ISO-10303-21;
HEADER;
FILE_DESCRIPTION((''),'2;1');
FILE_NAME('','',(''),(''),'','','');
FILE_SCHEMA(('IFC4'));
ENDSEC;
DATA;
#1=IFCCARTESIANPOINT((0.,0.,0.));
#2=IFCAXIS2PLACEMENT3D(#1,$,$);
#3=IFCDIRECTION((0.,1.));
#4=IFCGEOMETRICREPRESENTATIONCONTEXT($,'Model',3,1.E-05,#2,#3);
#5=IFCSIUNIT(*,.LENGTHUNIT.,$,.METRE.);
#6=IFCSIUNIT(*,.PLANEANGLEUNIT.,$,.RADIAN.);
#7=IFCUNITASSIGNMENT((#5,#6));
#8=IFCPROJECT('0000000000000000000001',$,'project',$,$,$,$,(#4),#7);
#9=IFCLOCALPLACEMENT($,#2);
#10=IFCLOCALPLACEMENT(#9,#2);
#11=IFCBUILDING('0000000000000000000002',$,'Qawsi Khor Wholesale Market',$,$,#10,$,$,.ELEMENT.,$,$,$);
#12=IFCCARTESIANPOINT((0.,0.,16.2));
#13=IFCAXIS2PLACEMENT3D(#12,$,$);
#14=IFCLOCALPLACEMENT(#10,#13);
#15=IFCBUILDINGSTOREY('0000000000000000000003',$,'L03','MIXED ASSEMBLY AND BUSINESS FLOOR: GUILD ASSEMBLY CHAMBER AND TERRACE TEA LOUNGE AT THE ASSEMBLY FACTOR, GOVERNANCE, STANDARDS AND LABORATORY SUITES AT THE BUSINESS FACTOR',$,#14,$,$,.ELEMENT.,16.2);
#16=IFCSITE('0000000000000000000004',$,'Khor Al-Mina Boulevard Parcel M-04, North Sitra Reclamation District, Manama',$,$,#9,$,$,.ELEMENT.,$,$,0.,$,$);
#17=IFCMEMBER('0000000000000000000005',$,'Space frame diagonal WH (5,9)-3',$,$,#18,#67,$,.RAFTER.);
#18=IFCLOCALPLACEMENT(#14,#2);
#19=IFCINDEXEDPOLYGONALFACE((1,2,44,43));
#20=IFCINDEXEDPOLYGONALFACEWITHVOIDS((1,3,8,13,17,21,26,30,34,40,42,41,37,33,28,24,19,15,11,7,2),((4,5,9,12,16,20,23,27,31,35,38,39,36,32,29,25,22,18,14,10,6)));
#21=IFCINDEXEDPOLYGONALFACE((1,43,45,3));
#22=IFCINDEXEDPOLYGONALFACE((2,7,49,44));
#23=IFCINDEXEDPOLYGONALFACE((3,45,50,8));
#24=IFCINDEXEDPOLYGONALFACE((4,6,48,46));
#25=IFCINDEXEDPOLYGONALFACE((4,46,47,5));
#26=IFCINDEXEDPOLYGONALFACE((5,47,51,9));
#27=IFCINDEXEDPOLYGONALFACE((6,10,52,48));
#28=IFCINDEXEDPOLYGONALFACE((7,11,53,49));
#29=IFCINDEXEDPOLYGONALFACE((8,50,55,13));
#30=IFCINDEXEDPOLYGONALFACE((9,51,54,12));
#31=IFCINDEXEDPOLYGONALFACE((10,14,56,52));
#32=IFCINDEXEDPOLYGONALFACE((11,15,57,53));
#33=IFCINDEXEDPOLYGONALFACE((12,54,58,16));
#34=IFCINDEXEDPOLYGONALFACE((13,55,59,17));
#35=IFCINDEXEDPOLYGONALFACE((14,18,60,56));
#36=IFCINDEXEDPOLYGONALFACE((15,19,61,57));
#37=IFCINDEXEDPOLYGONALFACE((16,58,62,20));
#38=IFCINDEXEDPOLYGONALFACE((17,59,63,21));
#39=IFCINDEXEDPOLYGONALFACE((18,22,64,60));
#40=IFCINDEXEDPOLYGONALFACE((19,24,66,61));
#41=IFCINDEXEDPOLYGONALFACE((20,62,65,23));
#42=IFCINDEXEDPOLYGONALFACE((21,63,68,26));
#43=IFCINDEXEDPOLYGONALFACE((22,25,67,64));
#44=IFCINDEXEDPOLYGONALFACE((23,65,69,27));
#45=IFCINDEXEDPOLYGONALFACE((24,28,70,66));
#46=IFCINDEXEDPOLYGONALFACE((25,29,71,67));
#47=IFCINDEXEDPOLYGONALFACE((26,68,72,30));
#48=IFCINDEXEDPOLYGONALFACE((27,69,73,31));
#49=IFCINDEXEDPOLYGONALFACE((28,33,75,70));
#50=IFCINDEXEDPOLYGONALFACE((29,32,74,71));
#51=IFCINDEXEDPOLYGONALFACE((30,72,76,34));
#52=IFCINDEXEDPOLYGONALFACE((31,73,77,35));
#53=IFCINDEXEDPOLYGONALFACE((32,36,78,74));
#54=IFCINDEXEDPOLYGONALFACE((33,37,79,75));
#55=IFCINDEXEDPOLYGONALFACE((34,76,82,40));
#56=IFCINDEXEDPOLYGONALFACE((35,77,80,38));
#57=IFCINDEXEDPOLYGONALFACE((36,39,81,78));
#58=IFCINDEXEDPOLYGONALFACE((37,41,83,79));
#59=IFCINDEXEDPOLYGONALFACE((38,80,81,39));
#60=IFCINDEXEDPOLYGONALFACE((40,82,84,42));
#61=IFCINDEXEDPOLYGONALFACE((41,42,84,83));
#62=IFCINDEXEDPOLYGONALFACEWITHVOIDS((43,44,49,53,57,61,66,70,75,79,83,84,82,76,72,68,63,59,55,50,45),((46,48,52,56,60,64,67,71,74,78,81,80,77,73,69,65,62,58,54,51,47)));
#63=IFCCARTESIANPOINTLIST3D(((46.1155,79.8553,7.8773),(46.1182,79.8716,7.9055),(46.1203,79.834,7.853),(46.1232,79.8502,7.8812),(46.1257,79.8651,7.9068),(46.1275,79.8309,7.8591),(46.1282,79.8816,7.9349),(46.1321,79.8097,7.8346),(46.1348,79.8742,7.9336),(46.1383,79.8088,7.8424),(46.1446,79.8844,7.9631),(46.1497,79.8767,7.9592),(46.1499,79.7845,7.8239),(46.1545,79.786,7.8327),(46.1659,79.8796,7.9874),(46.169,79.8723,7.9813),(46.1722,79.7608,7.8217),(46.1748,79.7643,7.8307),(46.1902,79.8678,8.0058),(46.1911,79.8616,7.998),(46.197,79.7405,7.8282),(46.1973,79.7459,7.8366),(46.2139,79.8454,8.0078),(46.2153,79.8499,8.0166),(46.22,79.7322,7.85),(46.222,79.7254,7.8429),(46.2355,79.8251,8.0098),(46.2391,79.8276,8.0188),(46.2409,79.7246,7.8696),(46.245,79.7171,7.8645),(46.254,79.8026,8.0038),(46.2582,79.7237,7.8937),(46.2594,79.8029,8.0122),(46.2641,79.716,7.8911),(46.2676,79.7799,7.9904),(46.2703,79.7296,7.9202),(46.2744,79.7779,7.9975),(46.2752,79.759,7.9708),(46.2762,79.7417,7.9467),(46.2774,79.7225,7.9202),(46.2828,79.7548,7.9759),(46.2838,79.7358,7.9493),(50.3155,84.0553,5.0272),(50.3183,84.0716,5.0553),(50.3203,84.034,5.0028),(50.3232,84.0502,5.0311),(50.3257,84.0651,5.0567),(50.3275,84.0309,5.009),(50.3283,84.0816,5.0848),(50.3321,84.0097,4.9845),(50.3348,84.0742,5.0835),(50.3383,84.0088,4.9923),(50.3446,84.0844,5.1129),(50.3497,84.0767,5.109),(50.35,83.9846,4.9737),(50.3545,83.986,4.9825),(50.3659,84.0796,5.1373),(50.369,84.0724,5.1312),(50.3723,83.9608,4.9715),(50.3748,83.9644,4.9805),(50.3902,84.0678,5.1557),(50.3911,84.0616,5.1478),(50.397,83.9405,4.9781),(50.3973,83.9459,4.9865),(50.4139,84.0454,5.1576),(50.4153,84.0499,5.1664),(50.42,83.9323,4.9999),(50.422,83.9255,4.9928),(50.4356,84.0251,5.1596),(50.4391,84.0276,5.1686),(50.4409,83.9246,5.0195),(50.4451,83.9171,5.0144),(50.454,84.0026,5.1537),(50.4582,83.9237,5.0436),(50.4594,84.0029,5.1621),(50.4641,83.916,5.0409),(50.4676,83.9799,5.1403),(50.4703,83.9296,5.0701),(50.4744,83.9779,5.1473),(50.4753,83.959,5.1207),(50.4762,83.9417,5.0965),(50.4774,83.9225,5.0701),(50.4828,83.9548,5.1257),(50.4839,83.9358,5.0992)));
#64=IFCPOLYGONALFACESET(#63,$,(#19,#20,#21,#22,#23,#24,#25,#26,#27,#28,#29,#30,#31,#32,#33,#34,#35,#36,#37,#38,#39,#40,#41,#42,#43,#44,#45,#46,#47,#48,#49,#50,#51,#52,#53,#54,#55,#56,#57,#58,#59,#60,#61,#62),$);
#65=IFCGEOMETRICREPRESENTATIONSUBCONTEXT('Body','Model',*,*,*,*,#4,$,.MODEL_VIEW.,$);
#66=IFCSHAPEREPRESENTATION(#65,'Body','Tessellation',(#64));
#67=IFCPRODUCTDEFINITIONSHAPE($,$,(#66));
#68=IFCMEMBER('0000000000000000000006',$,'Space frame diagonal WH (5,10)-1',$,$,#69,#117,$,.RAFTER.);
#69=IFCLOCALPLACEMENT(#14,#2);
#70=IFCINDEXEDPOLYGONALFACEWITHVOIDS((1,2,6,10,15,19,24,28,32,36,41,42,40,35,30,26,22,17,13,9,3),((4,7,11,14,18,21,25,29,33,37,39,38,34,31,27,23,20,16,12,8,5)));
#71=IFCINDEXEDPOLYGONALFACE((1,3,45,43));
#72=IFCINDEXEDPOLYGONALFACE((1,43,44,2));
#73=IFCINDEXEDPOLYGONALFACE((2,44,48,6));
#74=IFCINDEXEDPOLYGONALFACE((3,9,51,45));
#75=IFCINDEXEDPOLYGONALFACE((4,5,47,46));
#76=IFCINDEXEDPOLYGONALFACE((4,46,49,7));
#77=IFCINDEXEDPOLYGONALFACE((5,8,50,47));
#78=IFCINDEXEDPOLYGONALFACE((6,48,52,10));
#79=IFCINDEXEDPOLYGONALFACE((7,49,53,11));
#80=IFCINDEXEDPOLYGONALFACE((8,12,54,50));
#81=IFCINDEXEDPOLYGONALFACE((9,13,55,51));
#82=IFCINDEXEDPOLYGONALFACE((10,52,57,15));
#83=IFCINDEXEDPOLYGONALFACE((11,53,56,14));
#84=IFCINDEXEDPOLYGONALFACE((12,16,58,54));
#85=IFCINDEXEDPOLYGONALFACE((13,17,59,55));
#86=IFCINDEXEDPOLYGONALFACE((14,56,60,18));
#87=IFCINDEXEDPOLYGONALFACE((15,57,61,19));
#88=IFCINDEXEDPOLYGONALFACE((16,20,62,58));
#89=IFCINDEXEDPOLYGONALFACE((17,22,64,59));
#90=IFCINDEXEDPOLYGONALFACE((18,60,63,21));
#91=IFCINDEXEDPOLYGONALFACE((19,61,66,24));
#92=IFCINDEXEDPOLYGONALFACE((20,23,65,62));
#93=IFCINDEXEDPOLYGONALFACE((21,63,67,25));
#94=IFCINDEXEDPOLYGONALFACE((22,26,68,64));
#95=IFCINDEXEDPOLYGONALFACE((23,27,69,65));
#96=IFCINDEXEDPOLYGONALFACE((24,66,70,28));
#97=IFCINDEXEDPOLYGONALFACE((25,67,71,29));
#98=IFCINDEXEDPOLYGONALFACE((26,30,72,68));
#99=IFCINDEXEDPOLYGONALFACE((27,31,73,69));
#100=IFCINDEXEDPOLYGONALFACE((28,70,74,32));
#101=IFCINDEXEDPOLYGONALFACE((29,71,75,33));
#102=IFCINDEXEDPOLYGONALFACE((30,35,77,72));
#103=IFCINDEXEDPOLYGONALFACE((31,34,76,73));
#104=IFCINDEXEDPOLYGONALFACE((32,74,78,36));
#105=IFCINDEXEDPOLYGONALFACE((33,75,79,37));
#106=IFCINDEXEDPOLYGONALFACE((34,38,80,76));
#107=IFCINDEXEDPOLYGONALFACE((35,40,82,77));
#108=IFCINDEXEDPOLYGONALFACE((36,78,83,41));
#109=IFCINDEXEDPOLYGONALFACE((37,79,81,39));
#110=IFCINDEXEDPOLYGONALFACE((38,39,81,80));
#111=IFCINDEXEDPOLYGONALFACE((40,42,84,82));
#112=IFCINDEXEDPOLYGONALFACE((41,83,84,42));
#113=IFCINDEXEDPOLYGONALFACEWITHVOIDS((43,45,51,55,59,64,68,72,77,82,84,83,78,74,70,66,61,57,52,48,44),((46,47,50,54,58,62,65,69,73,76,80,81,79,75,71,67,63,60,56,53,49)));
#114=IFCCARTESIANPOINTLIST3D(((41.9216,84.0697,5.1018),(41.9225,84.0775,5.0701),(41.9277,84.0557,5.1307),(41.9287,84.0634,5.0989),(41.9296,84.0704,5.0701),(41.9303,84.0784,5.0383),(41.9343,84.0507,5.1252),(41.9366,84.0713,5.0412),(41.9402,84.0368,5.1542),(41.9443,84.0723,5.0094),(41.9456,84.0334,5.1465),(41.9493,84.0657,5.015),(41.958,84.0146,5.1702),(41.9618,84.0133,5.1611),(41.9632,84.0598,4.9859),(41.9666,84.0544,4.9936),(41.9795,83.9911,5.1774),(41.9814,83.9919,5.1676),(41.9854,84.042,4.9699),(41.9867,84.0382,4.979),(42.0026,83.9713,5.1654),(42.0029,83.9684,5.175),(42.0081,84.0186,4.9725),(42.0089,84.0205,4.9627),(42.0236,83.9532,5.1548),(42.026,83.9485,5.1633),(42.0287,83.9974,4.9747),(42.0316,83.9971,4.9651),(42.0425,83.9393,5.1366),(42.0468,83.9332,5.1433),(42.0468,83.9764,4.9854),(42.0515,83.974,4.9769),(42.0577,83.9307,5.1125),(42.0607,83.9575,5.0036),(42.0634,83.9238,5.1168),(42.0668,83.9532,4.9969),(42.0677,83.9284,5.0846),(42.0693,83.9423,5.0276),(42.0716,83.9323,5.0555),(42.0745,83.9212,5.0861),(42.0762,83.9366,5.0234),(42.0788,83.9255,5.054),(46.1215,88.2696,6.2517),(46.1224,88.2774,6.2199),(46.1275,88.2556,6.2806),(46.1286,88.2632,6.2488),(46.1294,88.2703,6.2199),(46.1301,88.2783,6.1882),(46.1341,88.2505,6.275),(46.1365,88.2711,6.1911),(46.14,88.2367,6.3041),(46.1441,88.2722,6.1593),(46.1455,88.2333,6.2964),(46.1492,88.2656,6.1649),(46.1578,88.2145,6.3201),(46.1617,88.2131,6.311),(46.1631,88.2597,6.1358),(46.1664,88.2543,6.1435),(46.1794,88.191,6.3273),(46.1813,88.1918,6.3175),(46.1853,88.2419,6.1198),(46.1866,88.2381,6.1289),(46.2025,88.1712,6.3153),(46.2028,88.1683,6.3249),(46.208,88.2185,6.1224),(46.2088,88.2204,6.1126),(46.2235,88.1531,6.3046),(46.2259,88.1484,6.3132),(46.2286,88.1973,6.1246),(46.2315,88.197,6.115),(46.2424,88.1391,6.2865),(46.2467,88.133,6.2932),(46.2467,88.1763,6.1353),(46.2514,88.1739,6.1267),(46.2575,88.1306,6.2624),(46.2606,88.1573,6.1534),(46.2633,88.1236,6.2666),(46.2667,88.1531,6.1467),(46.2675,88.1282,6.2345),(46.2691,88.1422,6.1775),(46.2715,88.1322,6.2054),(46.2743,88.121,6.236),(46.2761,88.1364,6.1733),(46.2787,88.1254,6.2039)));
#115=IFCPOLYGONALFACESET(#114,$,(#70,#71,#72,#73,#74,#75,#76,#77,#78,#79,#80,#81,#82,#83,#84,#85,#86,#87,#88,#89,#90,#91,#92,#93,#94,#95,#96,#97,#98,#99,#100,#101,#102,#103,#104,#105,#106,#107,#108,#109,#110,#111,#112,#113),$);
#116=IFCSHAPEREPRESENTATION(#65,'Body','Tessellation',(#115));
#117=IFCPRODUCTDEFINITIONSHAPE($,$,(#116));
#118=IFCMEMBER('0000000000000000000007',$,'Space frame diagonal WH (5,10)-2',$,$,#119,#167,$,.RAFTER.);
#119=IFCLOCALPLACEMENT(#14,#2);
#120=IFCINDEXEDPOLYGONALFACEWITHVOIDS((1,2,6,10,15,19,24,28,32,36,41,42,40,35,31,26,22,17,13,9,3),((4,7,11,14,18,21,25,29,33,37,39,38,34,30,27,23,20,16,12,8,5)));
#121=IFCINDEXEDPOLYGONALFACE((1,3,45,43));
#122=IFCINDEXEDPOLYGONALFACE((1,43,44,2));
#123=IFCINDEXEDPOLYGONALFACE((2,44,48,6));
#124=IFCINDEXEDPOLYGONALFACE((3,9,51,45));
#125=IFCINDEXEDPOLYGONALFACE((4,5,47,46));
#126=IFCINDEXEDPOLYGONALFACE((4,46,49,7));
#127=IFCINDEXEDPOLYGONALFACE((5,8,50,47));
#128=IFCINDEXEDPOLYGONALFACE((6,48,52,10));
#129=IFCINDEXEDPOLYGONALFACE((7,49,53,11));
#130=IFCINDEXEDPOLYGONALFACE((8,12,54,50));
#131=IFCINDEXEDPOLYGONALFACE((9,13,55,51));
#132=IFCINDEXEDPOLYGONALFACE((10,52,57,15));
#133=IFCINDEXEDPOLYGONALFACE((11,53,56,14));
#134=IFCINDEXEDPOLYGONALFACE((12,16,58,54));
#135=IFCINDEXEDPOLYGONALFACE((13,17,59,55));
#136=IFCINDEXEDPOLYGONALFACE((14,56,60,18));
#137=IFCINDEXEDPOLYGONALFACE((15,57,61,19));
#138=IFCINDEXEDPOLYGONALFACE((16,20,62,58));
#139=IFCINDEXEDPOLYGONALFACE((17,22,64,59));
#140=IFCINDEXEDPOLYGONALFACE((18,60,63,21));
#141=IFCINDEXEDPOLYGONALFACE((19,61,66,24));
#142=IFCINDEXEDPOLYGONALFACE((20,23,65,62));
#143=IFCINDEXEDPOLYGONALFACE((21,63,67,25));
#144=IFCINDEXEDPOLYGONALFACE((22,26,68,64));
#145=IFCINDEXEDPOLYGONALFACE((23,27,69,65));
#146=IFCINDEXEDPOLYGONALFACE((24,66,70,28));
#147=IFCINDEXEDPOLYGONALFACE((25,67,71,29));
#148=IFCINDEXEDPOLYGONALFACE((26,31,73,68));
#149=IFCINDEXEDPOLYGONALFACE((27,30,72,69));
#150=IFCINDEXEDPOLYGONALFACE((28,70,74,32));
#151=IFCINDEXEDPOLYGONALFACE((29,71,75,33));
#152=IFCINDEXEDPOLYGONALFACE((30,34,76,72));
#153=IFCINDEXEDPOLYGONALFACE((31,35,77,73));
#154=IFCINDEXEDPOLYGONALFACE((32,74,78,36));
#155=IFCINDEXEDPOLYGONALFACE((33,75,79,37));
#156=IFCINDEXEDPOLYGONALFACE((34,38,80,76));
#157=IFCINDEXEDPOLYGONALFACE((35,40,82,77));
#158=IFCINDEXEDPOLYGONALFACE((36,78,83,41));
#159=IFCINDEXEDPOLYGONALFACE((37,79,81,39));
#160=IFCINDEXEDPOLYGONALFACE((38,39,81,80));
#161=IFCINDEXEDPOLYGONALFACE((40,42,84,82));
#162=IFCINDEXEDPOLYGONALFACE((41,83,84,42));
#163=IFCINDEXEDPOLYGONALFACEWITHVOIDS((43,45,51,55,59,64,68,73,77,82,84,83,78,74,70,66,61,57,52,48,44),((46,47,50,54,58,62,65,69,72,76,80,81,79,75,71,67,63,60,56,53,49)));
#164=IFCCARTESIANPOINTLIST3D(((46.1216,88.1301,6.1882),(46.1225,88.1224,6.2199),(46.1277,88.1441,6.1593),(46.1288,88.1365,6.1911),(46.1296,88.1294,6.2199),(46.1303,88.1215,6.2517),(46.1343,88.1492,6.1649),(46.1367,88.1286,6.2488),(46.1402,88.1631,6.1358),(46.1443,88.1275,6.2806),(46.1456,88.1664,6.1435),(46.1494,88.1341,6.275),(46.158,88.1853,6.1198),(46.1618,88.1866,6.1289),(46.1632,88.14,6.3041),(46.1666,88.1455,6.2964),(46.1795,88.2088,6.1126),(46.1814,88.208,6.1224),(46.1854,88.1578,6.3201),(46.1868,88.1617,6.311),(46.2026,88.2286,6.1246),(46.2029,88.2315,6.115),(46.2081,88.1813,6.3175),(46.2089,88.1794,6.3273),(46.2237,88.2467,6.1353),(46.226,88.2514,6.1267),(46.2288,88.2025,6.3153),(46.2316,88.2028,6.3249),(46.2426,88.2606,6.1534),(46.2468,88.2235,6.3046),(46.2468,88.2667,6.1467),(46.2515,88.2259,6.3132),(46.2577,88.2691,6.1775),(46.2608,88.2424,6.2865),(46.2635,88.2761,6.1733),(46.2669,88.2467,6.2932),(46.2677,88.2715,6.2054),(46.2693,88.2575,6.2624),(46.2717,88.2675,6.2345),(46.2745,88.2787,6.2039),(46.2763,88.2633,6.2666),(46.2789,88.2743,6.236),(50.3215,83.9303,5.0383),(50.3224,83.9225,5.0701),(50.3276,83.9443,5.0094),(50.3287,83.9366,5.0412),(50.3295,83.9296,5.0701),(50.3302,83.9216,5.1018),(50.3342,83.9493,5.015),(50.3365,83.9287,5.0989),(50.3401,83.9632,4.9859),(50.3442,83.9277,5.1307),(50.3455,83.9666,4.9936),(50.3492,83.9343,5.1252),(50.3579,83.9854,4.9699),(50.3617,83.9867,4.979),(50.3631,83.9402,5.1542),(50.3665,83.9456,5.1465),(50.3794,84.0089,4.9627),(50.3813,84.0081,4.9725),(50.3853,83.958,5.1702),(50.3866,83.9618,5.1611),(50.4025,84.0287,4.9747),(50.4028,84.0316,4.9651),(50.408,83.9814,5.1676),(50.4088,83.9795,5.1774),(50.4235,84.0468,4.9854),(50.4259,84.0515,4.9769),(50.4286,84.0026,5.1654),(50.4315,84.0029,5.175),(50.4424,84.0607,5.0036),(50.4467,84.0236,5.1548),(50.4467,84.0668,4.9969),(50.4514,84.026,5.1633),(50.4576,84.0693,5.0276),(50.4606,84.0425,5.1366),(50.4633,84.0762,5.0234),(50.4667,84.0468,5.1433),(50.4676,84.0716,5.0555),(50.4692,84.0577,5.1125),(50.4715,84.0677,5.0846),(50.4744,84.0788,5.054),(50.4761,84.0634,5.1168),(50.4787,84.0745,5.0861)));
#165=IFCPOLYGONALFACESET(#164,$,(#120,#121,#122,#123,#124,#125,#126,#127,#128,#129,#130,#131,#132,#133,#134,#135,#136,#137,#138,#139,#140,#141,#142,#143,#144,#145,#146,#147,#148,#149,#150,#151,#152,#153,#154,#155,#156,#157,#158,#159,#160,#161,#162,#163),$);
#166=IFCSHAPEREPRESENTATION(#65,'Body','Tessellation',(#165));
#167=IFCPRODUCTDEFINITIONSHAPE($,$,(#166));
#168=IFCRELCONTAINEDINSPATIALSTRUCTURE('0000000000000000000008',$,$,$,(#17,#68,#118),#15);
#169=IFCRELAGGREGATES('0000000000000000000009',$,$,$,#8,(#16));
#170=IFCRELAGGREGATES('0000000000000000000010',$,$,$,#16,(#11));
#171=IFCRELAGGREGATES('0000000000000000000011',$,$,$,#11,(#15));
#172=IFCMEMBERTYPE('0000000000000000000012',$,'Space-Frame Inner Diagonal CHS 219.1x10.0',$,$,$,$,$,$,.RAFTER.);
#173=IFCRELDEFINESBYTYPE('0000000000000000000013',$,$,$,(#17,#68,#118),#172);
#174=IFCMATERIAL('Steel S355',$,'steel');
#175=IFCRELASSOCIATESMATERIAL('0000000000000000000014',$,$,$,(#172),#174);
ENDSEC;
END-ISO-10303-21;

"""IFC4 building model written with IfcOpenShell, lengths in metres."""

from ifc_helpers import new_model, si_unit, direction, frame, origin, origin_2d, place, context, subcontext, project, spatial, hollow_circle, extrude, material, material_profile, profile_set, type_object, element, save


model = new_model("IFC4")

# Units and contexts
model_context = context("Model", 3, precision=1e-05, world=origin(), true_north=direction((0.0, 1.0)))
body_context = subcontext(model_context, "Body", "Model", "MODEL_VIEW")
ifc_project = project(units=[si_unit("LENGTHUNIT", "METRE"), si_unit("PLANEANGLEUNIT", "RADIAN")], contexts=[model_context])

# Site, building, storey
site_placement = place(None, origin())
site = spatial("IfcSite", under=ifc_project, at=site_placement, Name="Khor Al-Mina Boulevard Parcel M-04, North Sitra Reclamation District, Manama", CompositionType="ELEMENT", RefElevation=0.0)
building_placement = place(site_placement, origin())
building = spatial("IfcBuilding", under=site, at=building_placement, Name="Qawsi Khor Wholesale Market", CompositionType="ELEMENT")
storey_placement = place(building_placement, frame((0.0, 0.0, 16.2)))
storey = spatial("IfcBuildingStorey", under=building, at=storey_placement, Name="L03", Description="MIXED ASSEMBLY AND BUSINESS FLOOR: GUILD ASSEMBLY CHAMBER AND TERRACE TEA LOUNGE AT THE ASSEMBLY FACTOR, GOVERNANCE, STANDARDS AND LABORATORY SUITES AT THE BUSINESS FACTOR", CompositionType="ELEMENT", Elevation=16.2)

# Members
ifc_material_1 = material(Name="Steel S355", Category="steel")
ifc_material_profile_1 = material_profile(ifc_material_1, hollow_circle(Radius=0.1096, WallThickness=0.01, at=origin_2d()), Name="CHS 219.1x10.0")
ifc_profile_set_1 = profile_set([ifc_material_profile_1], Name="Steel S355")
member_type_1 = type_object("IfcMemberType", Name="Space-Frame Inner Diagonal CHS 219.1x10.0", PredefinedType="RAFTER", material=ifc_profile_set_1)
member_1_placement = place(storey_placement, frame((50.3999, 84.0, 5.0701), z_axis=(-0.637512, -0.637512, 0.432617), x_axis=(0.707107, -0.707107, 0.0)))
element("IfcMember", 1, at=member_1_placement, inside=storey, type_object=member_type_1, Name="Space frame diagonal WH (5,9)-3", PredefinedType="RAFTER", context=body_context, shape_type="SweptSolid", body=[
    extrude(hollow_circle(Radius=0.1096, WallThickness=0.01, at=origin_2d()), origin(), (0.0, 0.0, 1.0), 6.5881),
])
for number, where, z_axis, x_axis, name in (
    (2, (42.0, 84.0, 5.0701), (0.694217, 0.694217, 0.190069), (-0.707107, 0.707107, 0.0), "Space frame diagonal WH (5,10)-1"),
    (3, (50.3999, 84.0, 5.0701), (-0.694217, 0.694217, 0.190069), (-0.707107, -0.707107, 0.0), "Space frame diagonal WH (5,10)-2"),
):
    element("IfcMember", number, at=place(storey_placement, frame(where, z_axis=z_axis, x_axis=x_axis)), inside=storey, type_object=member_type_1, Name=name, PredefinedType="RAFTER", context=body_context, shape_type="SweptSolid", body=[
        extrude(hollow_circle(Radius=0.1096, WallThickness=0.01, at=origin_2d()), origin(), (0.0, 0.0, 1.0), 6.0498),
    ])

save(model, "model.ifc")
